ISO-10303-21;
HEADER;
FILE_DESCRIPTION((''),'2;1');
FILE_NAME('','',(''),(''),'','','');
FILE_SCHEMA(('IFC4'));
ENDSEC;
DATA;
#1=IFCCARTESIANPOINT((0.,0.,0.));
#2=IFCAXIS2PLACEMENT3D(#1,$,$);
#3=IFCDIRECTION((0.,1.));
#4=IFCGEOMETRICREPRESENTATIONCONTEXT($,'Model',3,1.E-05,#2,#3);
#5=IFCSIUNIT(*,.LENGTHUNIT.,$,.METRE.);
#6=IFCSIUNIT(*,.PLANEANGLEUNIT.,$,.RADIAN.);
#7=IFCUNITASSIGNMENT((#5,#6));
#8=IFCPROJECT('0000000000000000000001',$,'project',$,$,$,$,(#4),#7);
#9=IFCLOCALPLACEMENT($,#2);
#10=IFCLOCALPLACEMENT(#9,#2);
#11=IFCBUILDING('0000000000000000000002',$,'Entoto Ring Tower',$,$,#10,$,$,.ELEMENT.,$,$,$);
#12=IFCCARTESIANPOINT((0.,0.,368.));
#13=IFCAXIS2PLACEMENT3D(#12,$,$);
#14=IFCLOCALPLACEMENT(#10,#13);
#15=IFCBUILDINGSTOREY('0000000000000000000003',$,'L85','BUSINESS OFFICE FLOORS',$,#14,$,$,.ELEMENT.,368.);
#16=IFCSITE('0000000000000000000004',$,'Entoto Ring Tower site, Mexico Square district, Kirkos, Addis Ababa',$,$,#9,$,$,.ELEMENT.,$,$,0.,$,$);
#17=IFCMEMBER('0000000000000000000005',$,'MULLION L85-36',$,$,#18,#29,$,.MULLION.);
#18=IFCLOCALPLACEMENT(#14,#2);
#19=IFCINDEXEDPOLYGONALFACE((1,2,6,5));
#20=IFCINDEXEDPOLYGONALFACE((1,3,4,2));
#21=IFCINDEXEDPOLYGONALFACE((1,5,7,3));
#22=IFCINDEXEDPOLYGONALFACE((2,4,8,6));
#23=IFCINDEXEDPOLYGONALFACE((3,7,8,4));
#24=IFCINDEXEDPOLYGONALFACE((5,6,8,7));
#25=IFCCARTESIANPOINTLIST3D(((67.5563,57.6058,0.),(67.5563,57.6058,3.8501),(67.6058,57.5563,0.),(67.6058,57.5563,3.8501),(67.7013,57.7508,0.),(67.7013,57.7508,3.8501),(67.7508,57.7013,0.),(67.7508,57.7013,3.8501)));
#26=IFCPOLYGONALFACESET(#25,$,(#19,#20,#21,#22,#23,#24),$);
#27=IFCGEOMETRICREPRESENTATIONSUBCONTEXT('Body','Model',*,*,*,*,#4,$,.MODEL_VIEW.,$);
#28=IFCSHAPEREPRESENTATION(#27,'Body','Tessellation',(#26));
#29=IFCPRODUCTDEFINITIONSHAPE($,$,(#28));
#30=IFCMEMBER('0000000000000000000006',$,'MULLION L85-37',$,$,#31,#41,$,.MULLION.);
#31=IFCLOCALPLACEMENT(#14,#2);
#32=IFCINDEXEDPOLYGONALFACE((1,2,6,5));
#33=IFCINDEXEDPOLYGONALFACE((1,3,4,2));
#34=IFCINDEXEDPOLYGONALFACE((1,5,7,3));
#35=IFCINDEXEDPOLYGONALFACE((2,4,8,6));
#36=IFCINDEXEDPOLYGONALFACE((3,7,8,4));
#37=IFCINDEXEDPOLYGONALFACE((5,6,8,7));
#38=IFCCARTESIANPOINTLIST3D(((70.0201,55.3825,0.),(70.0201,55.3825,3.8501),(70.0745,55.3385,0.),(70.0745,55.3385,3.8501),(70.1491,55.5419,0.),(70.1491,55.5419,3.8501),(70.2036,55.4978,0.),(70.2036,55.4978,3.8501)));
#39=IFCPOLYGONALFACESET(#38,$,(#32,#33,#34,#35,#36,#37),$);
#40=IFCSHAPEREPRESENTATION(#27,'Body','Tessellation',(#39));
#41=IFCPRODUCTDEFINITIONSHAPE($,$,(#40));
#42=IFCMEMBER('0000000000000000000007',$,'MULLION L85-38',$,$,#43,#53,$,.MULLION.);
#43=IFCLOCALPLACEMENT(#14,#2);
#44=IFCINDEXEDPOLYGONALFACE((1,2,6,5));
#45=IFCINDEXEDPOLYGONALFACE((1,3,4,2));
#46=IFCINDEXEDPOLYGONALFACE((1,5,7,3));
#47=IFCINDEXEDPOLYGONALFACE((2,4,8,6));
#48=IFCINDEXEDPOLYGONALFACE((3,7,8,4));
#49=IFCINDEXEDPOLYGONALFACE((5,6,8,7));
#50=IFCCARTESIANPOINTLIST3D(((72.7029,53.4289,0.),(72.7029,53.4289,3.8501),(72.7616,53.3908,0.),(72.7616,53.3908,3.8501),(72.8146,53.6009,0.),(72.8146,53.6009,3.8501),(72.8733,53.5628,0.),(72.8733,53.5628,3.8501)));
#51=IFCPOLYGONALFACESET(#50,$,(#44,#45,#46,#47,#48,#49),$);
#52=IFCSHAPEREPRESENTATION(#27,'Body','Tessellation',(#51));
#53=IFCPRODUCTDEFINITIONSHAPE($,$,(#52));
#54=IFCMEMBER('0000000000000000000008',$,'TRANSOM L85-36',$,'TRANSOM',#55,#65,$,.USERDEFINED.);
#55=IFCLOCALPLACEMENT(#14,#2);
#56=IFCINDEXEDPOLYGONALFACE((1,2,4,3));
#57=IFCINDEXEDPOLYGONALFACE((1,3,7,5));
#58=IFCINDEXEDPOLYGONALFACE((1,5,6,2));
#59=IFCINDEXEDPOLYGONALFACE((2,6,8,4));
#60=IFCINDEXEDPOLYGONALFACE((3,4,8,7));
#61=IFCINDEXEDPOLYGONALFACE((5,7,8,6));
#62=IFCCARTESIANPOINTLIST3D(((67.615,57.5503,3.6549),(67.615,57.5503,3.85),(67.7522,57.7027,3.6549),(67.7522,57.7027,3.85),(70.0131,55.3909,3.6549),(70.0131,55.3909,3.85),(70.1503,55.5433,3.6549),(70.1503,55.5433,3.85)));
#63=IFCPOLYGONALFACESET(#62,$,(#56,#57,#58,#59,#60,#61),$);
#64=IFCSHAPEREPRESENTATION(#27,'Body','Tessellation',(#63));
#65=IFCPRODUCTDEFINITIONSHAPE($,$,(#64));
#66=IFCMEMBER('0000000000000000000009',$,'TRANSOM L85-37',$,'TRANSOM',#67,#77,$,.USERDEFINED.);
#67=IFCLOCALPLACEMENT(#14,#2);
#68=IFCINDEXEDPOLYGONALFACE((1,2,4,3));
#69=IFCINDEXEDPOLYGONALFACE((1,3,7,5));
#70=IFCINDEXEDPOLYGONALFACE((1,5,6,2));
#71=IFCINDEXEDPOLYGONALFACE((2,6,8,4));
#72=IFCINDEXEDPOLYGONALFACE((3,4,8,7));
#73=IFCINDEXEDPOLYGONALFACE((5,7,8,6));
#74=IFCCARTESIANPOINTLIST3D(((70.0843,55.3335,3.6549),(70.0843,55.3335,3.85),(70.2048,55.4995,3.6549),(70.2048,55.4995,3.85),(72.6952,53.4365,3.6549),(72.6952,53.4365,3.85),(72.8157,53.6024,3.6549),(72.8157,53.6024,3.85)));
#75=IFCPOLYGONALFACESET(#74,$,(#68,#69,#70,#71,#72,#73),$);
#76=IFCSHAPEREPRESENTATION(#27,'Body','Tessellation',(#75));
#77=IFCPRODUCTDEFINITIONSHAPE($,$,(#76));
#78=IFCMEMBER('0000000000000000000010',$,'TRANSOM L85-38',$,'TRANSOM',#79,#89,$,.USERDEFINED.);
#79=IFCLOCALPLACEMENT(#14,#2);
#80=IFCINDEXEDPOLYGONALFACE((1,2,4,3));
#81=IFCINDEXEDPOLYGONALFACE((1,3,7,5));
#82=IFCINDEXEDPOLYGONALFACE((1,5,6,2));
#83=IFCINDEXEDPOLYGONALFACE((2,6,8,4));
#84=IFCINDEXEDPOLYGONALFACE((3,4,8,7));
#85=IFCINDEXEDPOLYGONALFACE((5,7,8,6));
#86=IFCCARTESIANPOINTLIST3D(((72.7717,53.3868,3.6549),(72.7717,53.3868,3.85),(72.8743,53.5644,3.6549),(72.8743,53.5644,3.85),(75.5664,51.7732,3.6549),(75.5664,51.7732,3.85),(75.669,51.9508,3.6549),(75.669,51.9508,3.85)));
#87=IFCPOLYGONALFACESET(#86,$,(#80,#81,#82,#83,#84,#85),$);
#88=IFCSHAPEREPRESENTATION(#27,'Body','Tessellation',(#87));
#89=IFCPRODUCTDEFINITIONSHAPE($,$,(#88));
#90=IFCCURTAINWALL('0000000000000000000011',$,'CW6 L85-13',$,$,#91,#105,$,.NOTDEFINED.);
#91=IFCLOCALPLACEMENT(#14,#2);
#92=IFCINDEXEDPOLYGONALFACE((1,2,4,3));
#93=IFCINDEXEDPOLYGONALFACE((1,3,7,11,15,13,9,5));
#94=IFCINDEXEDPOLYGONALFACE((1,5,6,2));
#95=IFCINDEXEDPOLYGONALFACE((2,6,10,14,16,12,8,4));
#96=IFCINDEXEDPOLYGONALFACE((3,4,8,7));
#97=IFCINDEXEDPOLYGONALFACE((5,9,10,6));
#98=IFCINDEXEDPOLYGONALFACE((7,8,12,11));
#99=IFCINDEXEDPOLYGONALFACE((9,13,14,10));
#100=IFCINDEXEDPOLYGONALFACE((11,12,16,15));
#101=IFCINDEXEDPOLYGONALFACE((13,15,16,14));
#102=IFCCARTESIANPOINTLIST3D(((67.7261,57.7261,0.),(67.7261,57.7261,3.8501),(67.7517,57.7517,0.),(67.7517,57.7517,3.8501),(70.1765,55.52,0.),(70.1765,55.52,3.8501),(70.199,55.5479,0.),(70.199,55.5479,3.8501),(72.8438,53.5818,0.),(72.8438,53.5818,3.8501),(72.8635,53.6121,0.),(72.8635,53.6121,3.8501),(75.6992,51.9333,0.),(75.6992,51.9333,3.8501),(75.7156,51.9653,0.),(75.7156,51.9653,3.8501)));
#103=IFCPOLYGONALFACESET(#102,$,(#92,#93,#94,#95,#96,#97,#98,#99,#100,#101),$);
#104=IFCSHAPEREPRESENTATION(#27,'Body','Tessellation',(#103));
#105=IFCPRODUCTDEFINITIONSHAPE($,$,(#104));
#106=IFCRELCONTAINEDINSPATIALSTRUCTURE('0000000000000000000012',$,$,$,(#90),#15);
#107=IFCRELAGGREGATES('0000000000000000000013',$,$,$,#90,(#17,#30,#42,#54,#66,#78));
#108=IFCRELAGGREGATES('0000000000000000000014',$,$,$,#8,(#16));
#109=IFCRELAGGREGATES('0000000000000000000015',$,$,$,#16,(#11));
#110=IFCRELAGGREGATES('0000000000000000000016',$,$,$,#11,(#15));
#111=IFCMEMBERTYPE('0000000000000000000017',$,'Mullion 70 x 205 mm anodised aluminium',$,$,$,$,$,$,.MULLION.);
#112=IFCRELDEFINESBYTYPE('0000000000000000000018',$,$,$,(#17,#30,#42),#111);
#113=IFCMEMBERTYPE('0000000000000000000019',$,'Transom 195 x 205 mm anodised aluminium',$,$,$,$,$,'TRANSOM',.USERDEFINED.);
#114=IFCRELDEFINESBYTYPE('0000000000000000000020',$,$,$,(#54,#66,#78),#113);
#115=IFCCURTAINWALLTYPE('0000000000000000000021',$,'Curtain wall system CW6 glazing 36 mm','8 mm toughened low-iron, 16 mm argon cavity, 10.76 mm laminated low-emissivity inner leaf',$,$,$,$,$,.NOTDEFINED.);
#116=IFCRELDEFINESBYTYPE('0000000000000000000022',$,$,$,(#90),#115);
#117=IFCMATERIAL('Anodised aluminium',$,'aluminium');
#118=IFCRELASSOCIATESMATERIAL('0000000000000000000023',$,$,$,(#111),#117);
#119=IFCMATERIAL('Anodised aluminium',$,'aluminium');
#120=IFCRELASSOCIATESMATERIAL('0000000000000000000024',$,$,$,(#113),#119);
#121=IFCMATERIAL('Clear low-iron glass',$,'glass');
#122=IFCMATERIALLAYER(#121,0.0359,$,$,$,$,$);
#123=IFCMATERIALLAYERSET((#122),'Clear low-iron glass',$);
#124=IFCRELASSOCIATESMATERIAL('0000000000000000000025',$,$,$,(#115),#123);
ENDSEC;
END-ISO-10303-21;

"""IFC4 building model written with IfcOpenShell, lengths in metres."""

from ifc_helpers import new_model, si_unit, direction, frame, origin, origin_2d, place, context, subcontext, project, spatial, polyline, rectangle, outline, extrude, material, layer, layer_set, material_profile, profile_set, type_object, element, aggregate, save


model = new_model("IFC4")

# Units and contexts
model_context = context("Model", 3, precision=1e-05, world=origin(), true_north=direction((0.0, 1.0)))
body_context = subcontext(model_context, "Body", "Model", "MODEL_VIEW")
ifc_project = project(units=[si_unit("LENGTHUNIT", "METRE"), si_unit("PLANEANGLEUNIT", "RADIAN")], contexts=[model_context])

# Members
ifc_material_1 = material(Name="Anodised aluminium", Category="aluminium")
ifc_material_profile_1 = material_profile(ifc_material_1, rectangle(XDim=0.0701, YDim=0.2051, at=origin_2d()), Name="Mullion 70 x 205 mm anodised aluminium")
ifc_profile_set_1 = profile_set([ifc_material_profile_1], Name="Anodised aluminium")
member_type_1 = type_object("IfcMemberType", Name="Mullion 70 x 205 mm anodised aluminium", PredefinedType="MULLION", material=ifc_profile_set_1)
site_placement = place(None, origin())
building_placement = place(site_placement, origin())
storey_placement = place(building_placement, frame((0.0, 0.0, 368.0)))
member_1_placement = place(storey_placement, frame((67.6536, 57.6536, 0.0), z_axis=(0.0, 0.0, 1.0), x_axis=(0.707107, -0.707107, 0.0)))
member_1 = element("IfcMember", 1, at=member_1_placement, type_object=member_type_1, Name="MULLION L85-36", PredefinedType="MULLION", context=body_context, shape_type="SweptSolid", body=[
    extrude(rectangle(XDim=0.0701, YDim=0.2051, at=origin_2d()), origin(), (0.0, 0.0, 1.0), 3.8501),
])
member_2_placement = place(storey_placement, frame((70.1118, 55.4402, 0.0), z_axis=(0.0, 0.0, 1.0), x_axis=(0.777146, -0.62932, 0.0)))
member_2 = element("IfcMember", 2, at=member_2_placement, type_object=member_type_1, Name="MULLION L85-37", PredefinedType="MULLION", context=body_context, shape_type="SweptSolid", body=[
    extrude(rectangle(XDim=0.0701, YDim=0.2051, at=origin_2d()), origin(), (0.0, 0.0, 1.0), 3.8501),
])
member_3_placement = place(storey_placement, frame((72.7881, 53.4958, 0.0), z_axis=(0.0, 0.0, 1.0), x_axis=(0.838671, -0.544639, 0.0)))
member_3 = element("IfcMember", 3, at=member_3_placement, type_object=member_type_1, Name="MULLION L85-38", PredefinedType="MULLION", context=body_context, shape_type="SweptSolid", body=[
    extrude(rectangle(XDim=0.0701, YDim=0.2051, at=origin_2d()), origin(), (0.0, 0.0, 1.0), 3.8501),
])
ifc_material_2 = material(Name="Anodised aluminium", Category="aluminium")
ifc_material_profile_2 = material_profile(ifc_material_2, rectangle(XDim=0.2051, YDim=0.1951, at=origin_2d()), Name="Transom 195 x 205 mm anodised aluminium")
ifc_profile_set_2 = profile_set([ifc_material_profile_2], Name="Anodised aluminium")
member_type_2 = type_object("IfcMemberType", Name="Transom 195 x 205 mm anodised aluminium", ElementType="TRANSOM", PredefinedType="USERDEFINED", material=ifc_profile_set_2)
member_4_placement = place(storey_placement, frame((67.6836, 57.6265, 3.7524), z_axis=(0.743132, -0.669144, 0.0), x_axis=(0.669144, 0.743132, 0.0)))
member_4 = element("IfcMember", 4, at=member_4_placement, type_object=member_type_2, Name="TRANSOM L85-36", ObjectType="TRANSOM", PredefinedType="USERDEFINED", context=body_context, shape_type="SweptSolid", body=[
    extrude(rectangle(XDim=0.2051, YDim=0.1951, at=origin_2d()), origin(), (0.0, 0.0, 1.0), 3.2271),
])
member_5_placement = place(storey_placement, frame((70.1445, 55.4165, 3.7524), z_axis=(0.809004, -0.587803, 0.0), x_axis=(0.587803, 0.809004, 0.0)))
member_5 = element("IfcMember", 5, at=member_5_placement, type_object=member_type_2, Name="TRANSOM L85-37", ObjectType="TRANSOM", PredefinedType="USERDEFINED", context=body_context, shape_type="SweptSolid", body=[
    extrude(rectangle(XDim=0.2051, YDim=0.1951, at=origin_2d()), origin(), (0.0, 0.0, 1.0), 3.2273),
])
member_6_placement = place(storey_placement, frame((72.823, 53.4756, 3.7524), z_axis=(0.866023, -0.500004, 0.0), x_axis=(0.500004, 0.866023, 0.0)))
member_6 = element("IfcMember", 6, at=member_6_placement, type_object=member_type_2, Name="TRANSOM L85-38", ObjectType="TRANSOM", PredefinedType="USERDEFINED", context=body_context, shape_type="SweptSolid", body=[
    extrude(rectangle(XDim=0.2051, YDim=0.1951, at=origin_2d()), origin(), (0.0, 0.0, 1.0), 3.2271),
])

# Site, building, storey
site = spatial("IfcSite", under=ifc_project, at=site_placement, Name="Entoto Ring Tower site, Mexico Square district, Kirkos, Addis Ababa", CompositionType="ELEMENT", RefElevation=0.0)
building = spatial("IfcBuilding", under=site, at=building_placement, Name="Entoto Ring Tower", CompositionType="ELEMENT")
storey = spatial("IfcBuildingStorey", under=building, at=storey_placement, Name="L85", Description="BUSINESS OFFICE FLOORS", CompositionType="ELEMENT", Elevation=368.0)

# Curtain wall
ifc_material_3 = material(Name="Clear low-iron glass", Category="glass")
ifc_layer = layer(ifc_material_3, 0.0359)
ifc_layer_set = layer_set([ifc_layer], Name="Clear low-iron glass")
curtain_wall_type = type_object("IfcCurtainWallType", Name="Curtain wall system CW6 glazing 36 mm", Description="8 mm toughened low-iron, 16 mm argon cavity, 10.76 mm laminated low-emissivity inner leaf", PredefinedType="NOTDEFINED", material=ifc_layer_set)
curtain_wall_1_placement = place(storey_placement, origin())
curtain_wall_1 = element("IfcCurtainWall", 7, at=curtain_wall_1_placement, inside=storey, type_object=curtain_wall_type, Name="CW6 L85-13", PredefinedType="NOTDEFINED", context=body_context, shape_type="SweptSolid", body=[
    extrude(outline(polyline([(67.7261, 57.7261), (70.1765, 55.52), (72.8438, 53.5818), (75.6992, 51.9333), (75.7156, 51.9653), (72.8635, 53.6121), (70.199, 55.5479), (67.7517, 57.7517), (67.7261, 57.7261)])), origin(), (0.0, 0.0, 1.0), 3.8501),
])
aggregate(curtain_wall_1, [member_1, member_2, member_3, member_4, member_5, member_6])

save(model, "model.ifc")
